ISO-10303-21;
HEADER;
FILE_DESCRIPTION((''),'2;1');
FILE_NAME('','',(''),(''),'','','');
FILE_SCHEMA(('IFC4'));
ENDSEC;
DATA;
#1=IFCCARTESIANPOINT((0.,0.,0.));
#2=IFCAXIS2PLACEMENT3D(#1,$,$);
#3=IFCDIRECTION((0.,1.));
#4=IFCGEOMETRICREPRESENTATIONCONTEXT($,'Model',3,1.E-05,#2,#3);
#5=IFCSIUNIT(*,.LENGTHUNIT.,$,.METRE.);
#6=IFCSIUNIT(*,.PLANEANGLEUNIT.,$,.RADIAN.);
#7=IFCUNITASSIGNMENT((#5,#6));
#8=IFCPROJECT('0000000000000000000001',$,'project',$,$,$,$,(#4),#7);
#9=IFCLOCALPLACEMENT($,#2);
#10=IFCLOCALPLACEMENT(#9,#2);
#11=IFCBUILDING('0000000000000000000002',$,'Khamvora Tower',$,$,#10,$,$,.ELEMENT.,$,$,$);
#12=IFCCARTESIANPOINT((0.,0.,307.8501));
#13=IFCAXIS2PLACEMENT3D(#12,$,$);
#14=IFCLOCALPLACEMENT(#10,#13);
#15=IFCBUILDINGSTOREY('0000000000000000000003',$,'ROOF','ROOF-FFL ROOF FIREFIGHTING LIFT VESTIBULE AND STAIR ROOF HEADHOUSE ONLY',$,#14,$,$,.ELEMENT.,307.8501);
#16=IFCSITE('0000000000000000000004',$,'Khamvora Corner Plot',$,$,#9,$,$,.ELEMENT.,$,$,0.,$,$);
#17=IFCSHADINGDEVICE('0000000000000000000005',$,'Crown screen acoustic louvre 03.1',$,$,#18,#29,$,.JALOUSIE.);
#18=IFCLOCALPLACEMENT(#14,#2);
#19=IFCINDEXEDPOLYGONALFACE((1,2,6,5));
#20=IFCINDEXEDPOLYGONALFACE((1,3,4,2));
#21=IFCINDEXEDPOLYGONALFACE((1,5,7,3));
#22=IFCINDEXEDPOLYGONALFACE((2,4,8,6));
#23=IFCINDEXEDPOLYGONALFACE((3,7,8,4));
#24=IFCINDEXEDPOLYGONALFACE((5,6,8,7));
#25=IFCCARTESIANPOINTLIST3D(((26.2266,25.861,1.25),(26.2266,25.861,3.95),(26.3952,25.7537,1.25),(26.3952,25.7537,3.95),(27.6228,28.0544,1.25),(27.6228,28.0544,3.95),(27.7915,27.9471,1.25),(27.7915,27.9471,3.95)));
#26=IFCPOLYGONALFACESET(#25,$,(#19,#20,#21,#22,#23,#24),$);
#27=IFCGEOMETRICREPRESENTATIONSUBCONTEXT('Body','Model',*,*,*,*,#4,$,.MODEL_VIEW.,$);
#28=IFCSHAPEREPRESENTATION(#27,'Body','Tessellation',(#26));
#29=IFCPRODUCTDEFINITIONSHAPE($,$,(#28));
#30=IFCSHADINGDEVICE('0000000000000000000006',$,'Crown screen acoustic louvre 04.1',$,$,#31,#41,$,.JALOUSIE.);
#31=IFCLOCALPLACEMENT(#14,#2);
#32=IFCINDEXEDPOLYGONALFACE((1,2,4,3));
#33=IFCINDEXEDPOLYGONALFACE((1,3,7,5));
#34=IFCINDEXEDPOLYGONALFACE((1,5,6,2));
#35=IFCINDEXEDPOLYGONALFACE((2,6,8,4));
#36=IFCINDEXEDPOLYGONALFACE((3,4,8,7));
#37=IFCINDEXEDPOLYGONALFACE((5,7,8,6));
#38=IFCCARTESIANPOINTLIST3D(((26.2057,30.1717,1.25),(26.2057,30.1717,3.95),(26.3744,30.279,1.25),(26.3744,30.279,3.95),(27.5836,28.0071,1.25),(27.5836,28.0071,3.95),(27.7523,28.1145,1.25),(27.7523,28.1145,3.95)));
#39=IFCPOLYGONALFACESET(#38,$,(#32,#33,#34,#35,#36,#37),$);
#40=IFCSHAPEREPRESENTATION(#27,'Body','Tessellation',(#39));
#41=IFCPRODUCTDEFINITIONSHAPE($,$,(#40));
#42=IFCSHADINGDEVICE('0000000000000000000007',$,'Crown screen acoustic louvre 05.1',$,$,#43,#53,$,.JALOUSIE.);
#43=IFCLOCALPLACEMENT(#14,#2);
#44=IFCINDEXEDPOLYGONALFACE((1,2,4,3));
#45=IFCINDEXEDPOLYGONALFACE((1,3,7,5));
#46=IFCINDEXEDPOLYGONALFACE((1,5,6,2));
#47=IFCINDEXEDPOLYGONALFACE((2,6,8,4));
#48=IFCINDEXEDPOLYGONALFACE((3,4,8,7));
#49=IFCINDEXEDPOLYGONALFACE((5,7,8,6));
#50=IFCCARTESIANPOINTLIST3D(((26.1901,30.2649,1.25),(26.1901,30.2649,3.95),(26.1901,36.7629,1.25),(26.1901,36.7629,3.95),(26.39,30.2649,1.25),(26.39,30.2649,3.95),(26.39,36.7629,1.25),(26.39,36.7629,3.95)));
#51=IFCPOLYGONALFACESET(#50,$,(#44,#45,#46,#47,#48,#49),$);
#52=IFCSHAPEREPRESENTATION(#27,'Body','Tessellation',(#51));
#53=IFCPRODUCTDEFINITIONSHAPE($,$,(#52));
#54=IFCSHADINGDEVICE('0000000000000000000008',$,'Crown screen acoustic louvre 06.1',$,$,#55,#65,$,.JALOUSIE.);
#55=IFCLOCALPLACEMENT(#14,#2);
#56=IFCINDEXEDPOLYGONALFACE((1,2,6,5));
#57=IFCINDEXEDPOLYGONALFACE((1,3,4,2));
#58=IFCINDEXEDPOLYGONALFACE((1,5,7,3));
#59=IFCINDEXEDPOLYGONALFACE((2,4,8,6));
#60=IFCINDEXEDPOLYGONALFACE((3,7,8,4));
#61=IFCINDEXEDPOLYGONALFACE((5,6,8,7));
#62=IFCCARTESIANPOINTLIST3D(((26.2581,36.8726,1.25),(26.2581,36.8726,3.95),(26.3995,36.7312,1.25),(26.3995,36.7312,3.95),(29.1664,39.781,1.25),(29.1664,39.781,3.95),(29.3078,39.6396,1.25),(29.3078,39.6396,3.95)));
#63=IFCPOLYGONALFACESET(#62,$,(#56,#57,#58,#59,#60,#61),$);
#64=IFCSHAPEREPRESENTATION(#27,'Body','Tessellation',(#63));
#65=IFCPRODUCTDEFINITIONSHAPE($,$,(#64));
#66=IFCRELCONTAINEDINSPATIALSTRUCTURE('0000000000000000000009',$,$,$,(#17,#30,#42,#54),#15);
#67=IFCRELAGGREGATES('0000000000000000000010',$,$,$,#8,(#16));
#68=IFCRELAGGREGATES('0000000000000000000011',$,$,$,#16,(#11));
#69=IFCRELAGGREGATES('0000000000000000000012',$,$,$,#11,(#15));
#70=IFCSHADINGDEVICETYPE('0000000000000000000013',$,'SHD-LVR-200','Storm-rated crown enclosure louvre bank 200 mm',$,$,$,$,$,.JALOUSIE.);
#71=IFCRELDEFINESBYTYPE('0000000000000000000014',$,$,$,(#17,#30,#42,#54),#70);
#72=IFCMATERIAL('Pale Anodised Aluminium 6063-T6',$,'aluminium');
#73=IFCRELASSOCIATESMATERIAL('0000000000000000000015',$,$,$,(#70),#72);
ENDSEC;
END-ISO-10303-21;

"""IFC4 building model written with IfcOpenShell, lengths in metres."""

from ifc_helpers import new_model, si_unit, direction, frame, origin, origin_2d, place, context, subcontext, project, spatial, rectangle, extrude, material, type_object, element, save


model = new_model("IFC4")

# Units and contexts
model_context = context("Model", 3, precision=1e-05, world=origin(), true_north=direction((0.0, 1.0)))
body_context = subcontext(model_context, "Body", "Model", "MODEL_VIEW")
ifc_project = project(units=[si_unit("LENGTHUNIT", "METRE"), si_unit("PLANEANGLEUNIT", "RADIAN")], contexts=[model_context])

# Site, building, storey
site_placement = place(None, origin())
site = spatial("IfcSite", under=ifc_project, at=site_placement, Name="Khamvora Corner Plot", CompositionType="ELEMENT", RefElevation=0.0)
building_placement = place(site_placement, origin())
building = spatial("IfcBuilding", under=site, at=building_placement, Name="Khamvora Tower", CompositionType="ELEMENT")
storey_placement = place(building_placement, frame((0.0, 0.0, 307.8501)))
storey = spatial("IfcBuildingStorey", under=building, at=storey_placement, Name="ROOF", Description="ROOF-FFL ROOF FIREFIGHTING LIFT VESTIBULE AND STAIR ROOF HEADHOUSE ONLY", CompositionType="ELEMENT", Elevation=307.8501)

# Shading devices
ifc_material_1 = material(Name="Pale Anodised Aluminium 6063-T6", Category="aluminium")
shading_device_type = type_object("IfcShadingDeviceType", Name="SHD-LVR-200", Description="Storm-rated crown enclosure louvre bank 200 mm", PredefinedType="JALOUSIE", material=ifc_material_1)
shading_device_1_placement = place(storey_placement, frame((27.009, 26.9041, 1.25), z_axis=(0.0, 0.0, 1.0), x_axis=(0.536998, 0.843583, 0.0)))
element("IfcShadingDevice", 1, at=shading_device_1_placement, inside=storey, type_object=shading_device_type, Name="Crown screen acoustic louvre 03.1", PredefinedType="JALOUSIE", context=body_context, shape_type="SweptSolid", body=[
    extrude(rectangle(XDim=2.6001, YDim=0.2, at=origin_2d()), origin(), (0.0, 0.0, 1.0), 2.7),
])
shading_device_2_placement = place(storey_placement, frame((26.979, 29.1431, 1.25), z_axis=(0.0, 0.0, 1.0), x_axis=(-0.536998, 0.843583, 0.0)))
element("IfcShadingDevice", 2, at=shading_device_2_placement, inside=storey, type_object=shading_device_type, Name="Crown screen acoustic louvre 04.1", PredefinedType="JALOUSIE", context=body_context, shape_type="SweptSolid", body=[
    extrude(rectangle(XDim=2.5659, YDim=0.2, at=origin_2d()), origin(), (0.0, 0.0, 1.0), 2.7),
])
shading_device_3_placement = place(storey_placement, frame((26.29, 33.5139, 1.25), z_axis=(0.0, 0.0, 1.0), x_axis=(0.0, 1.0, 0.0)))
element("IfcShadingDevice", 3, at=shading_device_3_placement, inside=storey, type_object=shading_device_type, Name="Crown screen acoustic louvre 05.1", PredefinedType="JALOUSIE", context=body_context, shape_type="SweptSolid", body=[
    extrude(rectangle(XDim=6.498, YDim=0.2, at=origin_2d()), origin(), (0.0, 0.0, 1.0), 2.7),
])
shading_device_4_placement = place(storey_placement, frame((27.783, 38.2561, 1.25), z_axis=(0.0, 0.0, 1.0), x_axis=(0.707107, 0.707107, 0.0)))
element("IfcShadingDevice", 4, at=shading_device_4_placement, inside=storey, type_object=shading_device_type, Name="Crown screen acoustic louvre 06.1", PredefinedType="JALOUSIE", context=body_context, shape_type="SweptSolid", body=[
    extrude(rectangle(XDim=4.113, YDim=0.2, at=origin_2d()), origin(), (0.0, 0.0, 1.0), 2.7),
])

save(model, "model.ifc")
